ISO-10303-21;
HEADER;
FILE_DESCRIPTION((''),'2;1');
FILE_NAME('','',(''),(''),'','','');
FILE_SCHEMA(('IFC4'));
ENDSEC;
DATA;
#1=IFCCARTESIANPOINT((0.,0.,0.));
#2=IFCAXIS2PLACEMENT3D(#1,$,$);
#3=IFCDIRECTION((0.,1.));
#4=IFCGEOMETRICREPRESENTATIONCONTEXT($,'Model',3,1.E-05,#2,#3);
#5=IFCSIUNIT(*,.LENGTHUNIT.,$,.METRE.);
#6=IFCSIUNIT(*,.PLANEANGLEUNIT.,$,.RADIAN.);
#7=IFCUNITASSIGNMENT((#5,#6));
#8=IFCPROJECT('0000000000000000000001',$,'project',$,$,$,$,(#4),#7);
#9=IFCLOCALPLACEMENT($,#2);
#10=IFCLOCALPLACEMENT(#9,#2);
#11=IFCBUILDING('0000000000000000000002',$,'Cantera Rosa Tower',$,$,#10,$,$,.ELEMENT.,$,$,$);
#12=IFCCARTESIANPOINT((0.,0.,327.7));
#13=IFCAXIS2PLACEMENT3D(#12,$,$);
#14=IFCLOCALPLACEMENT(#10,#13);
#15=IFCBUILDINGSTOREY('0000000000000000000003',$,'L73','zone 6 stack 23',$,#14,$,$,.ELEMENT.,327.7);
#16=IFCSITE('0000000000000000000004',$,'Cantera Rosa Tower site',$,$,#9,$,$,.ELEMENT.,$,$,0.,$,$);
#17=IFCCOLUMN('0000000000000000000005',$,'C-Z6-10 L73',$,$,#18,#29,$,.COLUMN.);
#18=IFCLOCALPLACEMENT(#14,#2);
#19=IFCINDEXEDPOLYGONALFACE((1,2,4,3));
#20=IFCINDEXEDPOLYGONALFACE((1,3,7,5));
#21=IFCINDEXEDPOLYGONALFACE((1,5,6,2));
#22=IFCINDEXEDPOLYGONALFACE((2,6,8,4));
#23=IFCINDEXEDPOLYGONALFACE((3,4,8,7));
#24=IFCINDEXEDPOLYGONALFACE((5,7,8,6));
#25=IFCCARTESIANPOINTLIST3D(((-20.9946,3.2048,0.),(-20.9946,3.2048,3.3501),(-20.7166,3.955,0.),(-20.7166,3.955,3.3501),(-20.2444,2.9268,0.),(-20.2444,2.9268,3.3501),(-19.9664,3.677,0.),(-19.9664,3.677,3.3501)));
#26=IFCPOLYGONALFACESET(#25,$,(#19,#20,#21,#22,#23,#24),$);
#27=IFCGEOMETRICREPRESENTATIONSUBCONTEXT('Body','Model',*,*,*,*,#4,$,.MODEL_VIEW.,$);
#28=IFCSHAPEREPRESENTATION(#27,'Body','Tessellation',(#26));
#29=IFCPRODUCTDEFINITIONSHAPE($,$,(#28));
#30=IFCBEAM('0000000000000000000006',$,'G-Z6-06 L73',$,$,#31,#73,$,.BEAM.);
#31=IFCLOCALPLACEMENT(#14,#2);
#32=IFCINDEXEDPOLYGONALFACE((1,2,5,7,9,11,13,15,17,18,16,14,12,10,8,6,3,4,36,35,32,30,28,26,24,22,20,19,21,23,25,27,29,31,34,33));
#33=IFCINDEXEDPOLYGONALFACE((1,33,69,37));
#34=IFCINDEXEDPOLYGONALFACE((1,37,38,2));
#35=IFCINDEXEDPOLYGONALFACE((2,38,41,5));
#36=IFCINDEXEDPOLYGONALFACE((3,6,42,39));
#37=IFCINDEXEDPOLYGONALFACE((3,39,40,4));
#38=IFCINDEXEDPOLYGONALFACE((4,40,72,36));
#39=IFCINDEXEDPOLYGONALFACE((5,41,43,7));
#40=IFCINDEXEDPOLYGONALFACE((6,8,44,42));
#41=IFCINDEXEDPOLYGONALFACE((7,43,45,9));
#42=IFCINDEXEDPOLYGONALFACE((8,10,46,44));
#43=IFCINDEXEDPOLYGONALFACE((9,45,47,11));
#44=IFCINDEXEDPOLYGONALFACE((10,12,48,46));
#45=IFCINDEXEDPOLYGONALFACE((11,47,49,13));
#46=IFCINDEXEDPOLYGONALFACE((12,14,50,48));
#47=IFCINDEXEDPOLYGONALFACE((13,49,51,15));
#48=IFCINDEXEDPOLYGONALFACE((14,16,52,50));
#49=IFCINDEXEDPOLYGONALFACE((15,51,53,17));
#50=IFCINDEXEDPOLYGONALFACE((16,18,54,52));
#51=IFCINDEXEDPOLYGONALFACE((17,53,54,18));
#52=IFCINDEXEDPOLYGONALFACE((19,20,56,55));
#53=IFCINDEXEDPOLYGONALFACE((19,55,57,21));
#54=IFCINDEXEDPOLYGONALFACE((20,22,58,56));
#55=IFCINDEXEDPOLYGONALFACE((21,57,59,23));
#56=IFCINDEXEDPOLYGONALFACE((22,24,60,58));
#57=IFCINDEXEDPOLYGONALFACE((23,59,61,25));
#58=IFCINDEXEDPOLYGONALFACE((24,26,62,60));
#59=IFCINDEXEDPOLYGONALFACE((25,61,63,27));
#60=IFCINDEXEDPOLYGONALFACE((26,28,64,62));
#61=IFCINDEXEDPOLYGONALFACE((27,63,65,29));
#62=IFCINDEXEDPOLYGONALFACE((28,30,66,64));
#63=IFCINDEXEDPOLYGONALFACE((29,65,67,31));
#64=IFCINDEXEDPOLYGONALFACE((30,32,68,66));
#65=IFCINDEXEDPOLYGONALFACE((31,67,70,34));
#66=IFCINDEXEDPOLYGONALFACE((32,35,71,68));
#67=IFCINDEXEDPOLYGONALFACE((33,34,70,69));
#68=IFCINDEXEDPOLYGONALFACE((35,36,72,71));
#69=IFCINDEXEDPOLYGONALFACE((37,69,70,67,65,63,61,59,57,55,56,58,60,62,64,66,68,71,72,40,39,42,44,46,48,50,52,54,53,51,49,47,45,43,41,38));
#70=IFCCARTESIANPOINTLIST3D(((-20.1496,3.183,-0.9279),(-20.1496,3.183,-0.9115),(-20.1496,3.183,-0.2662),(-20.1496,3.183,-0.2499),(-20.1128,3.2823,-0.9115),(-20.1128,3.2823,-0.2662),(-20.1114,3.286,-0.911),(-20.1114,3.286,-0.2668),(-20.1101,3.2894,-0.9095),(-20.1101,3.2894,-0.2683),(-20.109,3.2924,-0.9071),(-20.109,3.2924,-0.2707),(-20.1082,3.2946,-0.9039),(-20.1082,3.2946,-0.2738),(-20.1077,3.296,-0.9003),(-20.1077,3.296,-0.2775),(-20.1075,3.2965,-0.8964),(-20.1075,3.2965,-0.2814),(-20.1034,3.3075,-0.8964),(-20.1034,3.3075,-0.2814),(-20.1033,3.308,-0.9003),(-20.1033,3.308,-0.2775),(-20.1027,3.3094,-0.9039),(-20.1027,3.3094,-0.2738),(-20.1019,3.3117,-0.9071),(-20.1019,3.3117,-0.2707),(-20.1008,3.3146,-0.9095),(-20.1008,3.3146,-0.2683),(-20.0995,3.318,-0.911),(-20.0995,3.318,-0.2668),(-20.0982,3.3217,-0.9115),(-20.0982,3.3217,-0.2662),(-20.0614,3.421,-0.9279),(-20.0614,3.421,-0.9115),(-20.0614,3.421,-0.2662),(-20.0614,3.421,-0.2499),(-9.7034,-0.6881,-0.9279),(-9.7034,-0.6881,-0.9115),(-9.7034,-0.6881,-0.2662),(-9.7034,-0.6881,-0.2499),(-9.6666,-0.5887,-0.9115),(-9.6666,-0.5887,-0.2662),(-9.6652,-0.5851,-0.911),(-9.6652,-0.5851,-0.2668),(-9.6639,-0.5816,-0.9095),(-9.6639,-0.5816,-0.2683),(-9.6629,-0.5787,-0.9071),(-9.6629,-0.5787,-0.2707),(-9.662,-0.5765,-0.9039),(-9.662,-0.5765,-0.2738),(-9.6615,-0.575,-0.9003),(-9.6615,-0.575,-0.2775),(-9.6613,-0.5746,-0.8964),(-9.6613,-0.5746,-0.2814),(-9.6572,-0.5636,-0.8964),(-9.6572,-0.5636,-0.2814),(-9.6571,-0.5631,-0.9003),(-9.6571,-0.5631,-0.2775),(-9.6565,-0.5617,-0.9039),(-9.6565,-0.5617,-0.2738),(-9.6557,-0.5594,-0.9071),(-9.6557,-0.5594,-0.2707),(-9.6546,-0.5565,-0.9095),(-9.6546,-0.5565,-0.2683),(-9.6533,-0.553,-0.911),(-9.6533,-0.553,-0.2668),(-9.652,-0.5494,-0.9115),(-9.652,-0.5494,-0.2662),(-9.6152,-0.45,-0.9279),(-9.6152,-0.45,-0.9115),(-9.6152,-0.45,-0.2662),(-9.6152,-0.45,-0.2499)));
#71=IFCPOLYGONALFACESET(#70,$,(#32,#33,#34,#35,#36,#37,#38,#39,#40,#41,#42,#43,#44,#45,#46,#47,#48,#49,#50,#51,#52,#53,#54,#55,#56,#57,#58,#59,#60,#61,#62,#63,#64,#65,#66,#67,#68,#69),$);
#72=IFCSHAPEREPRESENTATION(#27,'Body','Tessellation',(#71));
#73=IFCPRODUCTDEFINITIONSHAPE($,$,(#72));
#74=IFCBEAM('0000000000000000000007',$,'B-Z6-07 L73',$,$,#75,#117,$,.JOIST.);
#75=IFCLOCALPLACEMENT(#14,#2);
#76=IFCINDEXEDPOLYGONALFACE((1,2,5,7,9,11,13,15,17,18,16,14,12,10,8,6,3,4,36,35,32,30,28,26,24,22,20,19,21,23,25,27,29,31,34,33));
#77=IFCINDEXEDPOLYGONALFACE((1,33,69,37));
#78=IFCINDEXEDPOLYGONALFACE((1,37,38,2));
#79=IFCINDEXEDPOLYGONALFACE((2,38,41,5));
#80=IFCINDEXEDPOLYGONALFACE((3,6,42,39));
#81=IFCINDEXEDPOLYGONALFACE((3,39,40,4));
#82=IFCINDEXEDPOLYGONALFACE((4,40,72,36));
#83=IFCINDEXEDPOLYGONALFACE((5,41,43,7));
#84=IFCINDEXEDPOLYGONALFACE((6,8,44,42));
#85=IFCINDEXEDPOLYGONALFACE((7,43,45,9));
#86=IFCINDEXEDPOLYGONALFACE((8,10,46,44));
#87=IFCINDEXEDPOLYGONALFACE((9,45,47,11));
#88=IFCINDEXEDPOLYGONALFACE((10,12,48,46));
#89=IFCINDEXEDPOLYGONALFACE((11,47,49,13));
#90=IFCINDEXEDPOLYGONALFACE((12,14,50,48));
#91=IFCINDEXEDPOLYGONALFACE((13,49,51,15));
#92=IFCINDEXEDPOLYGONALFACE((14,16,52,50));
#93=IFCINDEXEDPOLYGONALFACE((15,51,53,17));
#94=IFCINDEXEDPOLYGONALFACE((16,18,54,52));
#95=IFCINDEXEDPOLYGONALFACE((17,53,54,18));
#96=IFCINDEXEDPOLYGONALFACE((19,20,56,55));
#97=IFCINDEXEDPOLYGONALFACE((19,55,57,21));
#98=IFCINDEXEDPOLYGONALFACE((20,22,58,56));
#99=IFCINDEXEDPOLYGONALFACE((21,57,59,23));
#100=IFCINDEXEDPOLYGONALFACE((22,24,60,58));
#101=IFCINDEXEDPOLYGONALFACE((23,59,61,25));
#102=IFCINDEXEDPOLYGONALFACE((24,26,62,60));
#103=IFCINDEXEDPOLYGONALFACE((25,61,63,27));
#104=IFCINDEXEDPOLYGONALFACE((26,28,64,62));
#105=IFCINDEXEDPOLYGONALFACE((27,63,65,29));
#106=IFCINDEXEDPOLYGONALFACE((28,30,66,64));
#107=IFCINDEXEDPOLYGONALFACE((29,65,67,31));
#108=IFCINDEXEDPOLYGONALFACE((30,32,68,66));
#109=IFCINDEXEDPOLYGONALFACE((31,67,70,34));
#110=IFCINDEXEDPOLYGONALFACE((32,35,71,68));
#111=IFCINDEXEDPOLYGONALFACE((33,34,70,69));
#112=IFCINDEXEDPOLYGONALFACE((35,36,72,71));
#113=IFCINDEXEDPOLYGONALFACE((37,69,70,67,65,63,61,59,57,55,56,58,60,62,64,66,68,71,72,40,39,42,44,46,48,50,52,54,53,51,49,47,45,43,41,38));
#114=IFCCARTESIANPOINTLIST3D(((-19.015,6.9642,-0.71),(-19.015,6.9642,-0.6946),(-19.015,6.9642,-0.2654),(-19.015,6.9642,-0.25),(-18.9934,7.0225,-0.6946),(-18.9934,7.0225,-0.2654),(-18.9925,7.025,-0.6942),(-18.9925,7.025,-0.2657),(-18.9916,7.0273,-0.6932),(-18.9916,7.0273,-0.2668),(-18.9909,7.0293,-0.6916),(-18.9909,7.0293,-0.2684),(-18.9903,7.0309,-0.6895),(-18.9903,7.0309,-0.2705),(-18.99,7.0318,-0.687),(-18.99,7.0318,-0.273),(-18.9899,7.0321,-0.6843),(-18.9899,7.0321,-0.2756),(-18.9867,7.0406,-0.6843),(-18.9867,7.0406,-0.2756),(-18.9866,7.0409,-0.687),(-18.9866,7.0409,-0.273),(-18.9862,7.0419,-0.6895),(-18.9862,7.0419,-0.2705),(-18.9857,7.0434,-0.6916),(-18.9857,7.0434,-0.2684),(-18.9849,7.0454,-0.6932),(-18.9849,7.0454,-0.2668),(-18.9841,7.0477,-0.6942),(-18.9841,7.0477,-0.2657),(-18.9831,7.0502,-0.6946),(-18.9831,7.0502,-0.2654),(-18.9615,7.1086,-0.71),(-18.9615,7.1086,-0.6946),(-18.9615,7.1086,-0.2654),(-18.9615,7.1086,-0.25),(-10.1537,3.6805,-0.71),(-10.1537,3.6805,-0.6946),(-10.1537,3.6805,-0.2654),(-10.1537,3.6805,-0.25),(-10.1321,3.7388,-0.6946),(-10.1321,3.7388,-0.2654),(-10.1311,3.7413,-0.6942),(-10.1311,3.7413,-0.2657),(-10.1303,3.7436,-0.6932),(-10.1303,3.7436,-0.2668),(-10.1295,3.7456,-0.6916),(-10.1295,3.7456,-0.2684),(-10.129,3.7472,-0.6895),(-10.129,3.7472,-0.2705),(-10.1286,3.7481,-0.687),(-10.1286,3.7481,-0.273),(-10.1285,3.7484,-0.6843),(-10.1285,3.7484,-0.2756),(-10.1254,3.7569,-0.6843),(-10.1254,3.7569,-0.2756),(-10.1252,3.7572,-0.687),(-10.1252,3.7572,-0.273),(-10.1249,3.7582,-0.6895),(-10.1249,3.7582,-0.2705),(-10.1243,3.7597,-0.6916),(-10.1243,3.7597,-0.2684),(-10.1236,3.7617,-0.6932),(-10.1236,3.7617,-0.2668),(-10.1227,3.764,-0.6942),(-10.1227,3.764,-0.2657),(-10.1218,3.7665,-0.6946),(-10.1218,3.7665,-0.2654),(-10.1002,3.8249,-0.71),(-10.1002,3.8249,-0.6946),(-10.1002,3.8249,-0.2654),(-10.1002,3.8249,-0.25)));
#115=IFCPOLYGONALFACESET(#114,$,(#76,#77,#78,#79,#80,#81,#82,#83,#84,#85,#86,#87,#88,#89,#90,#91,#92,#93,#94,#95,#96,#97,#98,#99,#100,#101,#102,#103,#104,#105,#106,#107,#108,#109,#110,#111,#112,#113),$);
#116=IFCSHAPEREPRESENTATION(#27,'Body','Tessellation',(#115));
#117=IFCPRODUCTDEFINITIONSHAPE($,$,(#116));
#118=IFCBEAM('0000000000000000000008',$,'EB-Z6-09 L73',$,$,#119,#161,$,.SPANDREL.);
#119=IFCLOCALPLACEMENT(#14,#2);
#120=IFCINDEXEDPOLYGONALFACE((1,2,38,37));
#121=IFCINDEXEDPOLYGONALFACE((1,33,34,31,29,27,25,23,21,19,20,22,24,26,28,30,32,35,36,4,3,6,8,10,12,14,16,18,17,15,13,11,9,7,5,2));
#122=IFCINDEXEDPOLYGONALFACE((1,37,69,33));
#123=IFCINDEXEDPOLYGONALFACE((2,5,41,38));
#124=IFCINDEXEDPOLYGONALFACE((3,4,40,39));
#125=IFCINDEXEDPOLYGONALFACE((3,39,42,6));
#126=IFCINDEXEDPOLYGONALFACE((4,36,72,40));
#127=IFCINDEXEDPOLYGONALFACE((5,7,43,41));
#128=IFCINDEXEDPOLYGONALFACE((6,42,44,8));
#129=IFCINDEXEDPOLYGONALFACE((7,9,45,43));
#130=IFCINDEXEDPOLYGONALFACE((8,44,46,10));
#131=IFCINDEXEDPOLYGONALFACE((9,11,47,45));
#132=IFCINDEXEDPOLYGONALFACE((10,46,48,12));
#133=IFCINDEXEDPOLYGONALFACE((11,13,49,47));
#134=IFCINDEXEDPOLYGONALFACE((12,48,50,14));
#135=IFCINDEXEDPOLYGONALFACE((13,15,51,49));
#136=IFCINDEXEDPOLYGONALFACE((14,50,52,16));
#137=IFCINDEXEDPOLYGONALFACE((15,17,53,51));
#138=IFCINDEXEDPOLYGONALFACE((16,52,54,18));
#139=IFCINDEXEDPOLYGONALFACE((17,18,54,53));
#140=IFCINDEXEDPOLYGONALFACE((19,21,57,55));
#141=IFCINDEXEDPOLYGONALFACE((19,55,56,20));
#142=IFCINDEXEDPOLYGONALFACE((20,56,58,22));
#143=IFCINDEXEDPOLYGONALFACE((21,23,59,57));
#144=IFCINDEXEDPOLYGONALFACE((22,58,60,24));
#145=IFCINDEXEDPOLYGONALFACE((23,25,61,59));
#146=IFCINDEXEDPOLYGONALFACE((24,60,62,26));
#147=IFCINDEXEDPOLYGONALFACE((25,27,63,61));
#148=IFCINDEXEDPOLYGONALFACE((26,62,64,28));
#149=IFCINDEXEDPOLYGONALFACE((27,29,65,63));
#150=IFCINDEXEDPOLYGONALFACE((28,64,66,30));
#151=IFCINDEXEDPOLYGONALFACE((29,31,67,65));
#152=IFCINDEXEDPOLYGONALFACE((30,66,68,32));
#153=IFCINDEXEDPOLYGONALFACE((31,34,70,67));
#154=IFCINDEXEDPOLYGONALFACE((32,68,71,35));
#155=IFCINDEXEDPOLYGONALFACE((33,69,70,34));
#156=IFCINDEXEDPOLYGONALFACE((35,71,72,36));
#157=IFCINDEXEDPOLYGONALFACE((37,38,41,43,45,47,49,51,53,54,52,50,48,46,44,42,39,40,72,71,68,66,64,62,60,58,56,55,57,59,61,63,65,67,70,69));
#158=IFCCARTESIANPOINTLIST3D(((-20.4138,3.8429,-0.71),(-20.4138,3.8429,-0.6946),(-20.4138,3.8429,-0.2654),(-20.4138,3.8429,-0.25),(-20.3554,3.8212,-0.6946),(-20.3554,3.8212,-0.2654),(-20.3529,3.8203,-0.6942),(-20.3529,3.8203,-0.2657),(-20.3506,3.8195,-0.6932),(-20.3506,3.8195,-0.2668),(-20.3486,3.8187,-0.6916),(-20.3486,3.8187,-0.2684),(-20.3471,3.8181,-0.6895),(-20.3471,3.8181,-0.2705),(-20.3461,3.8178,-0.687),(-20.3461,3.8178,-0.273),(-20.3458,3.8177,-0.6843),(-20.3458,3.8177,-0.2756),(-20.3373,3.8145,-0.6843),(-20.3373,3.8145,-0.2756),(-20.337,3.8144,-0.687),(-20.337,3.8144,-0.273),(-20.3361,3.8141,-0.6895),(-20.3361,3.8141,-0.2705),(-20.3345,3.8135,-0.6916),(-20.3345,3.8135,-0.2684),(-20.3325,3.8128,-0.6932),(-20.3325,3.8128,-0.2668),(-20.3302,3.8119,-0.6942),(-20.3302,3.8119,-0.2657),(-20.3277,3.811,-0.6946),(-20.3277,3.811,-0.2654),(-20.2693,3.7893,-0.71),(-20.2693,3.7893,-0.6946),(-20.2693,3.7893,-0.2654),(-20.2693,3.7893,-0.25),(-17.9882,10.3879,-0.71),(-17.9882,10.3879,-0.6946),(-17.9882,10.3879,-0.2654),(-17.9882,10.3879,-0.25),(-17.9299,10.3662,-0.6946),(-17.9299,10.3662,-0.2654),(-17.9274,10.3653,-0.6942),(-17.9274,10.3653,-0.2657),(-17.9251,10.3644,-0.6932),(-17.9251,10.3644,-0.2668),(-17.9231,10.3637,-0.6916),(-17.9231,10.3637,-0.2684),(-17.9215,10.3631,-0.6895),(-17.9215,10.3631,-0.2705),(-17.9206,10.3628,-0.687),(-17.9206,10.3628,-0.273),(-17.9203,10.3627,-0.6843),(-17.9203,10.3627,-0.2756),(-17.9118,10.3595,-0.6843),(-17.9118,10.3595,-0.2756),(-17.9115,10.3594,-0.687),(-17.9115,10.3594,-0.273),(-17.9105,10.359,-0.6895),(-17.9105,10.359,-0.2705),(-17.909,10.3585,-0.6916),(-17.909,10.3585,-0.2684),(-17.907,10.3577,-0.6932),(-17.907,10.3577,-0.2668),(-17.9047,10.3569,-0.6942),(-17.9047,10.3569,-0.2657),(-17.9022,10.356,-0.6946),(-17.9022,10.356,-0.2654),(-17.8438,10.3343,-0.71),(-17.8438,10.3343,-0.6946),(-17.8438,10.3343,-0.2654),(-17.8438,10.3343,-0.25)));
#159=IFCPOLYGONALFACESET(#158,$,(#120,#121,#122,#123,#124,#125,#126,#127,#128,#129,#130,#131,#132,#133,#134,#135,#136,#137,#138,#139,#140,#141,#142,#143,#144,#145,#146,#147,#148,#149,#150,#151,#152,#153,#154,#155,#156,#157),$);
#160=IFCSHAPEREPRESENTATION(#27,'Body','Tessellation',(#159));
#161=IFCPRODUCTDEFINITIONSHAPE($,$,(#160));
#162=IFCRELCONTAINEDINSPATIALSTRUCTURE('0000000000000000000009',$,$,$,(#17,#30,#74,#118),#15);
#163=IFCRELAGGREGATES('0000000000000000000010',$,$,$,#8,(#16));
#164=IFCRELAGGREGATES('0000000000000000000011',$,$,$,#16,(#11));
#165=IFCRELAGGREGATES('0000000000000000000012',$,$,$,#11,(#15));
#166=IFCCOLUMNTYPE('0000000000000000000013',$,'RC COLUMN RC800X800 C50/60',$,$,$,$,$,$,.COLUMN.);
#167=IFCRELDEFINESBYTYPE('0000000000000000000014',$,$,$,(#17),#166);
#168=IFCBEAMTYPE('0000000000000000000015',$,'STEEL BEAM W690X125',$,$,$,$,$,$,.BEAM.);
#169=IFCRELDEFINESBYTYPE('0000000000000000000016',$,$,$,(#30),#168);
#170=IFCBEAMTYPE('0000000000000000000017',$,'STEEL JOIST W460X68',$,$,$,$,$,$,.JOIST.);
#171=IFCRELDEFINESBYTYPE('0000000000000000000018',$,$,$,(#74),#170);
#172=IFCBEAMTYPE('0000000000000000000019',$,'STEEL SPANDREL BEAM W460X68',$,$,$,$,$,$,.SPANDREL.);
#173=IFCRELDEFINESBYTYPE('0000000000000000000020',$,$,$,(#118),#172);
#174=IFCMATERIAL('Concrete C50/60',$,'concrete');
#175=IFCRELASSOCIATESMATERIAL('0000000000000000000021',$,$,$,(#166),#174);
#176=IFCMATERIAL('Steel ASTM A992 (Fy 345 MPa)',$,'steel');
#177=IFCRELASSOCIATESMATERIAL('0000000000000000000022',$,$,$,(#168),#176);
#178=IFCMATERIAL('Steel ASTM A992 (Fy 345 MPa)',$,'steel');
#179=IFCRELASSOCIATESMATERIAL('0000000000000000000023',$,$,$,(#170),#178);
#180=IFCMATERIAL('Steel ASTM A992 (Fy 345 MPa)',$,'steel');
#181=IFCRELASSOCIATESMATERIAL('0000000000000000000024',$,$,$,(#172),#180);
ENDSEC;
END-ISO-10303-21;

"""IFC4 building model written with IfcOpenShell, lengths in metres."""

from ifc_helpers import new_model, si_unit, direction, frame, origin, origin_2d, place, context, subcontext, project, spatial, rectangle, i_section, extrude, material, material_profile, profile_set, type_object, element, save


model = new_model("IFC4")

# Units and contexts
model_context = context("Model", 3, precision=1e-05, world=origin(), true_north=direction((0.0, 1.0)))
body_context = subcontext(model_context, "Body", "Model", "MODEL_VIEW")
ifc_project = project(units=[si_unit("LENGTHUNIT", "METRE"), si_unit("PLANEANGLEUNIT", "RADIAN")], contexts=[model_context])

# Site, building, storey
site_placement = place(None, origin())
site = spatial("IfcSite", under=ifc_project, at=site_placement, Name="Cantera Rosa Tower site", CompositionType="ELEMENT", RefElevation=0.0)
building_placement = place(site_placement, origin())
building = spatial("IfcBuilding", under=site, at=building_placement, Name="Cantera Rosa Tower", CompositionType="ELEMENT")
storey_placement = place(building_placement, frame((0.0, 0.0, 327.7)))
storey = spatial("IfcBuildingStorey", under=building, at=storey_placement, Name="L73", Description="zone 6 stack 23", CompositionType="ELEMENT", Elevation=327.7)

# Column
ifc_material_1 = material(Name="Concrete C50/60", Category="concrete")
ifc_material_profile_1 = material_profile(ifc_material_1, rectangle(XDim=0.8, YDim=0.8, at=origin_2d()), Name="RC COLUMN RC800X800 C50/60")
ifc_profile_set_1 = profile_set([ifc_material_profile_1], Name="Concrete C50/60")
column_type = type_object("IfcColumnType", Name="RC COLUMN RC800X800 C50/60", PredefinedType="COLUMN", material=ifc_profile_set_1)
column_placement = place(storey_placement, frame((-20.4805, 3.4409, 0.0), z_axis=(0.0, 0.0, 1.0), x_axis=(0.347481, 0.937687, 0.0)))
element("IfcColumn", 1, at=column_placement, inside=storey, type_object=column_type, Name="C-Z6-10 L73", PredefinedType="COLUMN", context=body_context, shape_type="SweptSolid", body=[
    extrude(rectangle(XDim=0.8, YDim=0.8, at=origin_2d()), origin(), (0.0, 0.0, 1.0), 3.3501),
])

# Beams
ifc_material_2 = material(Name="Steel ASTM A992 (Fy 345 MPa)", Category="steel")
ifc_material_profile_2 = material_profile(ifc_material_2, i_section(OverallWidth=0.2539, OverallDepth=0.678, WebThickness=0.0117, FlangeThickness=0.0164, FilletRadius=0.0151, at=origin_2d()), Name="W690X125")
ifc_profile_set_2 = profile_set([ifc_material_profile_2], Name="Steel ASTM A992 (Fy 345 MPa)")
beam_type_1 = type_object("IfcBeamType", Name="STEEL BEAM W690X125", PredefinedType="BEAM", material=ifc_profile_set_2)
beam_1_placement = place(storey_placement, frame((-20.1055, 3.302, -0.5889), z_axis=(0.937687, -0.34748, 0.0), x_axis=(0.34748, 0.937687, 0.0)))
element("IfcBeam", 2, at=beam_1_placement, inside=storey, type_object=beam_type_1, Name="G-Z6-06 L73", PredefinedType="BEAM", context=body_context, shape_type="SweptSolid", body=[
    extrude(i_section(OverallWidth=0.2539, OverallDepth=0.678, WebThickness=0.0117, FlangeThickness=0.0164, FilletRadius=0.0151, at=origin_2d()), origin(), (0.0, 0.0, 1.0), 11.1404),
])
ifc_material_3 = material(Name="Steel ASTM A992 (Fy 345 MPa)", Category="steel")
ifc_material_profile_3 = material_profile(ifc_material_3, i_section(OverallWidth=0.1541, OverallDepth=0.46, WebThickness=0.009, FlangeThickness=0.0154, FilletRadius=0.0103, at=origin_2d()), Name="W460X68")
ifc_profile_set_3 = profile_set([ifc_material_profile_3], Name="Steel ASTM A992 (Fy 345 MPa)")
beam_type_2 = type_object("IfcBeamType", Name="STEEL JOIST W460X68", PredefinedType="JOIST", material=ifc_profile_set_3)
beam_2_placement = place(storey_placement, frame((-18.9883, 7.0364, -0.48), z_axis=(0.93769, -0.347474, 0.0), x_axis=(0.347474, 0.93769, 0.0)))
element("IfcBeam", 3, at=beam_2_placement, inside=storey, type_object=beam_type_2, Name="B-Z6-07 L73", PredefinedType="JOIST", context=body_context, shape_type="SweptSolid", body=[
    extrude(i_section(OverallWidth=0.1541, OverallDepth=0.46, WebThickness=0.009, FlangeThickness=0.0154, FilletRadius=0.0103, at=origin_2d()), origin(), (0.0, 0.0, 1.0), 9.4502),
])
ifc_material_4 = material(Name="Steel ASTM A992 (Fy 345 MPa)", Category="steel")
ifc_material_profile_4 = material_profile(ifc_material_4, i_section(OverallWidth=0.1541, OverallDepth=0.46, WebThickness=0.009, FlangeThickness=0.0154, FilletRadius=0.0103, at=origin_2d()), Name="W460X68")
ifc_profile_set_4 = profile_set([ifc_material_profile_4], Name="Steel ASTM A992 (Fy 345 MPa)")
beam_type_3 = type_object("IfcBeamType", Name="STEEL SPANDREL BEAM W460X68", PredefinedType="SPANDREL", material=ifc_profile_set_4)
beam_3_placement = place(storey_placement, frame((-17.916, 10.3611, -0.48), z_axis=(-0.347502, -0.937679, 0.0), x_axis=(0.937679, -0.347502, 0.0)))
element("IfcBeam", 4, at=beam_3_placement, inside=storey, type_object=beam_type_3, Name="EB-Z6-09 L73", PredefinedType="SPANDREL", context=body_context, shape_type="SweptSolid", body=[
    extrude(i_section(OverallWidth=0.1541, OverallDepth=0.46, WebThickness=0.009, FlangeThickness=0.0154, FilletRadius=0.0103, at=origin_2d()), origin(), (0.0, 0.0, 1.0), 6.98),
])

save(model, "model.ifc")
